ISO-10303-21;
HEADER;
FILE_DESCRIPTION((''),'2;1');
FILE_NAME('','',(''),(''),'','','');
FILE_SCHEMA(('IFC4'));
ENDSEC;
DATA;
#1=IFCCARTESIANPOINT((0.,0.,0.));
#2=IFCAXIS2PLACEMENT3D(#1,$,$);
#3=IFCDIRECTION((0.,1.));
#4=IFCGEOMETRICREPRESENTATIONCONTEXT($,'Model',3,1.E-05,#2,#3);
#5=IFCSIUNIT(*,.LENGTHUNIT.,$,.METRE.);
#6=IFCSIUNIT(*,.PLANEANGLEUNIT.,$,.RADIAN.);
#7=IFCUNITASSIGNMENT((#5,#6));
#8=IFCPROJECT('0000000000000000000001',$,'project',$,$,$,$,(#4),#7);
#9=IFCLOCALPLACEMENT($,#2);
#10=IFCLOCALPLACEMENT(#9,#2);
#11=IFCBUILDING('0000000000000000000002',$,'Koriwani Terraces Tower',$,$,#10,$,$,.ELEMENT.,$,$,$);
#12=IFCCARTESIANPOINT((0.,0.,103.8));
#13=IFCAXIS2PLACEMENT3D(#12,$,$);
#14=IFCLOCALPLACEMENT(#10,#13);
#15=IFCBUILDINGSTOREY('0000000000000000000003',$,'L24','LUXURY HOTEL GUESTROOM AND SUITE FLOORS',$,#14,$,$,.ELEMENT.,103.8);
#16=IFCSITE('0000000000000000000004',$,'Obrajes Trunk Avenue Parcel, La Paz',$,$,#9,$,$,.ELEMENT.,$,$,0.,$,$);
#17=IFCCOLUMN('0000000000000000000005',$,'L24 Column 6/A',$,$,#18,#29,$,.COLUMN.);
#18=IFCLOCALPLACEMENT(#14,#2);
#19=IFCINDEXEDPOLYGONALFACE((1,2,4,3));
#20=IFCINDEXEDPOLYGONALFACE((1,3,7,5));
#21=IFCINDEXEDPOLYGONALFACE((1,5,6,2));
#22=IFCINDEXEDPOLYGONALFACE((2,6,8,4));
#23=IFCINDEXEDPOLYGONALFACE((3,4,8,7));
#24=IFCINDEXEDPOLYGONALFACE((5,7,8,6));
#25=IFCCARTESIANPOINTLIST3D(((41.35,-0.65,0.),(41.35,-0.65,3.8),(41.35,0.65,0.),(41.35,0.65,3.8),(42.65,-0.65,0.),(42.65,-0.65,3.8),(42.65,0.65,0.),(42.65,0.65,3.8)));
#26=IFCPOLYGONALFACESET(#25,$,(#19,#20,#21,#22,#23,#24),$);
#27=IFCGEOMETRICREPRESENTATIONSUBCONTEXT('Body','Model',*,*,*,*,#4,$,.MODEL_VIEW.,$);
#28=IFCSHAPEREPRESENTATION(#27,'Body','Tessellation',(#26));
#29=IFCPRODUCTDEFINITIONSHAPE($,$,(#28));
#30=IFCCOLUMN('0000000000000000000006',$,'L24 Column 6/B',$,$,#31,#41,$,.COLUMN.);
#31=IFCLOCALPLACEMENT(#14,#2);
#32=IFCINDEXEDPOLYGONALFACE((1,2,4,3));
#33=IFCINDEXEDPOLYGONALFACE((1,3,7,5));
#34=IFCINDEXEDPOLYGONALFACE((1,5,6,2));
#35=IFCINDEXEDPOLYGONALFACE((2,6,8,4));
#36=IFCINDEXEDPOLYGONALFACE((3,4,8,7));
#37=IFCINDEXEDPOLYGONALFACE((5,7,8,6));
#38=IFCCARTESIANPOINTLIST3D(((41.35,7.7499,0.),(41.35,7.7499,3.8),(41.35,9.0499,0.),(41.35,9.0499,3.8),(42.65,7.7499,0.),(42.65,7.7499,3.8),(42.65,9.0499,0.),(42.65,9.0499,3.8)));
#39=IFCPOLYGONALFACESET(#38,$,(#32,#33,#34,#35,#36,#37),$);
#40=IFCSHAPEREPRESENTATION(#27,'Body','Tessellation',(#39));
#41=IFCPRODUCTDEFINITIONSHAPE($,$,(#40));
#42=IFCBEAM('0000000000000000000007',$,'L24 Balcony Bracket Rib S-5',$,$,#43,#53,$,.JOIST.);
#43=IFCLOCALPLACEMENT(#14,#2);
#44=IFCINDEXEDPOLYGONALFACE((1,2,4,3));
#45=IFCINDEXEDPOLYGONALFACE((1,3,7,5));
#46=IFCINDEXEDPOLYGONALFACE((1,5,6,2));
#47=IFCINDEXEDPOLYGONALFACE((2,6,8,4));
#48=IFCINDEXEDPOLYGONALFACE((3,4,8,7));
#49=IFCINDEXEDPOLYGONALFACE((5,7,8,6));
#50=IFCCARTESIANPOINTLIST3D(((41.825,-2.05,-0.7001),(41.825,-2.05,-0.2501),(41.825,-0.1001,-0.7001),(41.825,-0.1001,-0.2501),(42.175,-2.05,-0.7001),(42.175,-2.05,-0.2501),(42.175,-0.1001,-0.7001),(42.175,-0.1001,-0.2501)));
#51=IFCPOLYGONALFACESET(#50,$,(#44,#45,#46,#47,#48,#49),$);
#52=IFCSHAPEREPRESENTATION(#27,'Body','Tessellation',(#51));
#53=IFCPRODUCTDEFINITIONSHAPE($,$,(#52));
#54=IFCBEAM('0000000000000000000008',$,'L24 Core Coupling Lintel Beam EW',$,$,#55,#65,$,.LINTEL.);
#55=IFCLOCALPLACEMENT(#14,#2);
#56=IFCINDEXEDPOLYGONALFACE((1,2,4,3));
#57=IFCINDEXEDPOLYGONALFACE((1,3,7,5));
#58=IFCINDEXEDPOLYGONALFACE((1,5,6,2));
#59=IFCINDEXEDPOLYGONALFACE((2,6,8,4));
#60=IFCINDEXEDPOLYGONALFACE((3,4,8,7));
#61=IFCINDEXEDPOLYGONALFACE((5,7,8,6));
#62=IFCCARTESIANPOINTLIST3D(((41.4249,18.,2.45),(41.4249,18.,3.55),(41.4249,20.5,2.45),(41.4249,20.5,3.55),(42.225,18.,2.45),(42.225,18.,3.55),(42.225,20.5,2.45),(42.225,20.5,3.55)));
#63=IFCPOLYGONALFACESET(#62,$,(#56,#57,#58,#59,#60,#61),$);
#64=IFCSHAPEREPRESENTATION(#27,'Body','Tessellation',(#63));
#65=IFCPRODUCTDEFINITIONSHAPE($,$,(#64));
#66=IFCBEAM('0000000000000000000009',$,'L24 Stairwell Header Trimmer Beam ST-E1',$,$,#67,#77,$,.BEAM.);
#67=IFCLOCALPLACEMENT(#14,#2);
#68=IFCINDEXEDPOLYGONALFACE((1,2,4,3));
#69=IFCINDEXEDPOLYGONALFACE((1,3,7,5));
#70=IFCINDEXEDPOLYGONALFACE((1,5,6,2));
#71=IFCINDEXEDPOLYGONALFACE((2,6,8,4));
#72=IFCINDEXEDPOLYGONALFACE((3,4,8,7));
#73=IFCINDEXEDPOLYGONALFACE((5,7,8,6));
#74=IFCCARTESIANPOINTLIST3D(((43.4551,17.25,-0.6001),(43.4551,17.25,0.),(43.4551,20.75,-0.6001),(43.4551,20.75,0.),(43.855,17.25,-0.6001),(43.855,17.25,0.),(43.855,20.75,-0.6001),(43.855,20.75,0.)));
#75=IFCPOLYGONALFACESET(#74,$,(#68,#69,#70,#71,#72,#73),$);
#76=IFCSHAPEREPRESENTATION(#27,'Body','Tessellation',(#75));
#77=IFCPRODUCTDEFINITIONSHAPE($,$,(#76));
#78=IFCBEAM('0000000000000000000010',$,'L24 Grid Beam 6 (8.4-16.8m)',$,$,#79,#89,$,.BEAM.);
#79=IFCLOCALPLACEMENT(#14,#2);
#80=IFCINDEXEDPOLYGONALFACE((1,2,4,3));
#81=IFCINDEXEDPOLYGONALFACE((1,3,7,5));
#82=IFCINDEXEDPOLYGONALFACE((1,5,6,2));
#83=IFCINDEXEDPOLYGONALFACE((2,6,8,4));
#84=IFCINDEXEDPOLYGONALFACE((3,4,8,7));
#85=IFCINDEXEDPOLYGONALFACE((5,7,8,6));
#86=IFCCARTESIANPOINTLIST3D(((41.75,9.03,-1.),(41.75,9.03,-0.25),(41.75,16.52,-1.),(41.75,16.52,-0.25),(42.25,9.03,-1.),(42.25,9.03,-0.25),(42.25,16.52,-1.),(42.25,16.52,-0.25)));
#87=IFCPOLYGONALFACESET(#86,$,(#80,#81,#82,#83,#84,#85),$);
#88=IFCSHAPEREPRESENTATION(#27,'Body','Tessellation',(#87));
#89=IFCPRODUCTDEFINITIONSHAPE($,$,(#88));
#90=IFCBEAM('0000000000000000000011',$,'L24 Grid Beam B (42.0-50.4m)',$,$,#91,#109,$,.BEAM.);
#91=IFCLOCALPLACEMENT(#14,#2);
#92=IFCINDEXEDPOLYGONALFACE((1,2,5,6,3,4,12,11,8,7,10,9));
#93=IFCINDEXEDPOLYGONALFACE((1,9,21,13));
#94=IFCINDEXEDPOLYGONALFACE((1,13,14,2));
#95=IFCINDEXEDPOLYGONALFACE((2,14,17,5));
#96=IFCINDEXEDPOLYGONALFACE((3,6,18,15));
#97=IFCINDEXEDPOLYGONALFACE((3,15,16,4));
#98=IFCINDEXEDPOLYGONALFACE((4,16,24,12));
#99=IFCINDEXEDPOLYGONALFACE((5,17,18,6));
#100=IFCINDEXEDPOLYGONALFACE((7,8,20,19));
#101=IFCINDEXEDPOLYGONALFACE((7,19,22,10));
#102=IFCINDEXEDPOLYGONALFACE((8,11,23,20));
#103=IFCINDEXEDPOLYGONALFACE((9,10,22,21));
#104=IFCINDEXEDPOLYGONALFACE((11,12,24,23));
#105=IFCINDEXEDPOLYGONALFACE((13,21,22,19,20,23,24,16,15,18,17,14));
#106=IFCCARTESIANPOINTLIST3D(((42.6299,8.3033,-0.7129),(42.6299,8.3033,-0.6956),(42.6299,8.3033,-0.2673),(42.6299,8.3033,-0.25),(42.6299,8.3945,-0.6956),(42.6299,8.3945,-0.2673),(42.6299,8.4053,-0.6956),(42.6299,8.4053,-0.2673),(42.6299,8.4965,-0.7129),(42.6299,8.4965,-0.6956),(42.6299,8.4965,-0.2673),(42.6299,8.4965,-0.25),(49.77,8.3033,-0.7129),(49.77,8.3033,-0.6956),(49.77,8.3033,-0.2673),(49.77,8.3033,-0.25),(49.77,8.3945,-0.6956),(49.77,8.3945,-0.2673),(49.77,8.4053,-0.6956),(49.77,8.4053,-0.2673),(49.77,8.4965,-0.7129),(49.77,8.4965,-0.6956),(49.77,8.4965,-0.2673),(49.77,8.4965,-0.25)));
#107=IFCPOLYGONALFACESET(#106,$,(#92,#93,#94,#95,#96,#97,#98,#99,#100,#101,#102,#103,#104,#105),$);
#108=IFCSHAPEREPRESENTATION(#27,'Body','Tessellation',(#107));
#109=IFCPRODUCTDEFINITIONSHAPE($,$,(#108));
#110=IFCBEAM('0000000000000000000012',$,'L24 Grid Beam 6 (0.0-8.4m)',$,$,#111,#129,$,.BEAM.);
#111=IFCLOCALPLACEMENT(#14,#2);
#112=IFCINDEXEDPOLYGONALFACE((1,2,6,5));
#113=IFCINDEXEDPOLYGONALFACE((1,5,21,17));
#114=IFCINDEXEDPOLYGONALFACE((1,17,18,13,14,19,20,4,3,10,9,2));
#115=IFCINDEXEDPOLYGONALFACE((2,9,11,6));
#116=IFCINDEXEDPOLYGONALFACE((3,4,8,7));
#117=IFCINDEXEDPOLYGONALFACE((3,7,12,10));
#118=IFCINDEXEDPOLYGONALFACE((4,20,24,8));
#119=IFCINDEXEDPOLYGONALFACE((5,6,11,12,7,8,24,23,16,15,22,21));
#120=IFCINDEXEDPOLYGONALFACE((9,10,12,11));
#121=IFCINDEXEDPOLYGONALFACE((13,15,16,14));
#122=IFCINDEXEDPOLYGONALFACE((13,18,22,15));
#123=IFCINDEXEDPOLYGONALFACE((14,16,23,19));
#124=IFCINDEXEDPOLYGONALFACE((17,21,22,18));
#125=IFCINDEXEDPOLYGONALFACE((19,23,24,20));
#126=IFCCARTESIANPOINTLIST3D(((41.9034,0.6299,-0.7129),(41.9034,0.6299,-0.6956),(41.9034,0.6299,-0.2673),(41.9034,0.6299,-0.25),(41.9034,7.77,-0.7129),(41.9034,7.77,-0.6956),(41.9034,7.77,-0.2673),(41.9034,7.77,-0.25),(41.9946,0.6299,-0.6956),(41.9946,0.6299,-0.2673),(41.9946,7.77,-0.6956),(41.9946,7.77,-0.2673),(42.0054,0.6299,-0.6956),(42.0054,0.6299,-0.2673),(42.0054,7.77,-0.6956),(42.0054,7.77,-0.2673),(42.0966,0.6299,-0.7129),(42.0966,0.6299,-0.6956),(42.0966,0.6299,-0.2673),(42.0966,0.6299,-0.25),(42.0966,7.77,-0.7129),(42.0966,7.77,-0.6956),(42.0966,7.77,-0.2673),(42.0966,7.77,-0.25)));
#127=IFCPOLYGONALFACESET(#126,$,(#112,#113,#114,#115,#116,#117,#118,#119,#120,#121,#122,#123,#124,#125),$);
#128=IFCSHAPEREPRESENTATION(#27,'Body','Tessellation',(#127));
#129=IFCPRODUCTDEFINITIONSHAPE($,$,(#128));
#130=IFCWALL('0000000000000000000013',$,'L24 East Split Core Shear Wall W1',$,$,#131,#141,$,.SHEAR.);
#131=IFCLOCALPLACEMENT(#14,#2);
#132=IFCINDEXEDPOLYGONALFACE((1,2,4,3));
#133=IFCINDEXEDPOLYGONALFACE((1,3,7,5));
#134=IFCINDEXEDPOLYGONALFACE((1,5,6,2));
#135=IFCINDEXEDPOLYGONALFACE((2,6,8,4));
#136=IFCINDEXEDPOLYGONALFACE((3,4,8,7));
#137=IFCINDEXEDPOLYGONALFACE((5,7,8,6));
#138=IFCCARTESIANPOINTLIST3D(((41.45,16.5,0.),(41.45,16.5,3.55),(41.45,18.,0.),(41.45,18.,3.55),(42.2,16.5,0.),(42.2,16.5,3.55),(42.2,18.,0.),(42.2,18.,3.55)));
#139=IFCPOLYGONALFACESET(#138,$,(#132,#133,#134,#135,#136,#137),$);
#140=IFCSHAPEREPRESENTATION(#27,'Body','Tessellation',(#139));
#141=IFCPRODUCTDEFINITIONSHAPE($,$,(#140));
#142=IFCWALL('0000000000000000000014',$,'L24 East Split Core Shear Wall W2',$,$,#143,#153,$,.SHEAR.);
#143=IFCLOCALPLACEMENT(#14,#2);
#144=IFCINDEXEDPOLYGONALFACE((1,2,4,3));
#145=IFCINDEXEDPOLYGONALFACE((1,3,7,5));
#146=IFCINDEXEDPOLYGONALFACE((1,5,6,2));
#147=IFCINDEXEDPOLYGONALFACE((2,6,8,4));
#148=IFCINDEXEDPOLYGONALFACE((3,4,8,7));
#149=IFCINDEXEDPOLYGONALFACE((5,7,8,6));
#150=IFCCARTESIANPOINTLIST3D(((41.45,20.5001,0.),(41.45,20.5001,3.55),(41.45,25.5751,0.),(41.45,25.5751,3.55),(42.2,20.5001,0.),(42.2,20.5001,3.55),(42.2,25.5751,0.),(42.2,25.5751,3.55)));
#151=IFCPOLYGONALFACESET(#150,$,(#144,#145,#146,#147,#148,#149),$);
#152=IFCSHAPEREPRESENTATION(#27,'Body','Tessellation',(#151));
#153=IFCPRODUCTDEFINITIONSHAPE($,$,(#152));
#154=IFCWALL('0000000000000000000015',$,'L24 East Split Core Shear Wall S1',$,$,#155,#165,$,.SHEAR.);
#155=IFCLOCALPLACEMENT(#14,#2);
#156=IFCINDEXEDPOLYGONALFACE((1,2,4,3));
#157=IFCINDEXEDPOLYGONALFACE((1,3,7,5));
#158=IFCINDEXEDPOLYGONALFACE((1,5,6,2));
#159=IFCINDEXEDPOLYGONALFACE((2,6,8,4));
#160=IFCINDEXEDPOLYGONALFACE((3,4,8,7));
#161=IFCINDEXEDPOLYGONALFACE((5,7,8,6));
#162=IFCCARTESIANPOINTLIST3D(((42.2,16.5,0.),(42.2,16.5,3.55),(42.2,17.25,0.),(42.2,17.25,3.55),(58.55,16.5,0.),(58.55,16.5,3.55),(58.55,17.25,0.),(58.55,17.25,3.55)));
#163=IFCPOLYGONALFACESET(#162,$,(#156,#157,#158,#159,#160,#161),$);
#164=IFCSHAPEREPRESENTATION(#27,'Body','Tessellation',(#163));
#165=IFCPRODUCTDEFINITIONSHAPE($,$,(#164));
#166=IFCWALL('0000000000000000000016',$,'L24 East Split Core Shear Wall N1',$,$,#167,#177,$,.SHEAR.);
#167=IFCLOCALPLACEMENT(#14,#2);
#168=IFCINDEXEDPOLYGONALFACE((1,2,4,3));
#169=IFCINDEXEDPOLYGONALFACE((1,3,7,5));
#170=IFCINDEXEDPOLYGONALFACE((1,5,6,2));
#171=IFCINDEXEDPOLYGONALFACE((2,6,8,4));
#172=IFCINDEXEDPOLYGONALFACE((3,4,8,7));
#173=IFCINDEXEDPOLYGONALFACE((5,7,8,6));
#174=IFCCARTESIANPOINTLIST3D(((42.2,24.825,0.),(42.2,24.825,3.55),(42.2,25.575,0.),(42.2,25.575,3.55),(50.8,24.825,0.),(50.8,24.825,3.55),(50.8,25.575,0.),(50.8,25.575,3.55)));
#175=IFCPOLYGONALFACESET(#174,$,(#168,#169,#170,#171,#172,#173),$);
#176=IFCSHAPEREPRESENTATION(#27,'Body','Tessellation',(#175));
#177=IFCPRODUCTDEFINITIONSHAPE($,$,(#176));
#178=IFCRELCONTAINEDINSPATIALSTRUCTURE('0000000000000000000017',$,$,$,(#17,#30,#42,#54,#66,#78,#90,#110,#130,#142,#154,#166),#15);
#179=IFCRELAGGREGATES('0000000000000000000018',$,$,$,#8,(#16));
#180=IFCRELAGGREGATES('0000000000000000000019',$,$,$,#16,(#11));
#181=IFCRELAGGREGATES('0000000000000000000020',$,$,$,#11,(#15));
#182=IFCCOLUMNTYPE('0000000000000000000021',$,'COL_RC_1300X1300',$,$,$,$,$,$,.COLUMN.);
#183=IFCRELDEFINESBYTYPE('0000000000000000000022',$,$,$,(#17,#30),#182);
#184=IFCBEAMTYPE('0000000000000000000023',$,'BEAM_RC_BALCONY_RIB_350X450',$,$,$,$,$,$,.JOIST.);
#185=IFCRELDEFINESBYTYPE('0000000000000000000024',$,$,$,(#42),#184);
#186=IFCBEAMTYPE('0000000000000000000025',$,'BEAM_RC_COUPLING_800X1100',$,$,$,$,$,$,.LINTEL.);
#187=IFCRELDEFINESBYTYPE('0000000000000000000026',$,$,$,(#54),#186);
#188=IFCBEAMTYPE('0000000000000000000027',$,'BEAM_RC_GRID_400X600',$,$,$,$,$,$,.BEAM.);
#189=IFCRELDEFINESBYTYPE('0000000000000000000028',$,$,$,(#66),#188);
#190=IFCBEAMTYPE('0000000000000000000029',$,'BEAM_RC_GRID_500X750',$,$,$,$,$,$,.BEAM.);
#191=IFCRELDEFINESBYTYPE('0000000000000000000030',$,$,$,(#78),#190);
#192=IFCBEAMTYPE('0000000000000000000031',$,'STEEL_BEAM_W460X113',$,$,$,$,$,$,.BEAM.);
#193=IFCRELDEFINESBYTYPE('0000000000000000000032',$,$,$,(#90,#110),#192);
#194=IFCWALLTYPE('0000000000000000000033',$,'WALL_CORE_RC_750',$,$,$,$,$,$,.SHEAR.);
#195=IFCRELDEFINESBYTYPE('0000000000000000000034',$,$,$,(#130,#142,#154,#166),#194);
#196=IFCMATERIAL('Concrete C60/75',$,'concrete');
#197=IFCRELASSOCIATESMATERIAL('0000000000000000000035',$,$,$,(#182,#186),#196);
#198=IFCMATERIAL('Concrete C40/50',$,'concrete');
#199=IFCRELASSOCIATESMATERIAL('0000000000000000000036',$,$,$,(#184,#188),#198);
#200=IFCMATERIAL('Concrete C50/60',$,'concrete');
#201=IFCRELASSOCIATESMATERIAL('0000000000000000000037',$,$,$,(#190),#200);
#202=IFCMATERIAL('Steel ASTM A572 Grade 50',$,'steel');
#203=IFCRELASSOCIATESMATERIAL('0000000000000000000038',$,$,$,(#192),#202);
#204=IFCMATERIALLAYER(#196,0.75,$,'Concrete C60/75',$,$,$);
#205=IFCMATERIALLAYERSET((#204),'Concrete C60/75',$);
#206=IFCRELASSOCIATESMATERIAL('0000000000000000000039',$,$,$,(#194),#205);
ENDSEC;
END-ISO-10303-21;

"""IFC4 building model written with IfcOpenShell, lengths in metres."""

from ifc_helpers import new_model, si_unit, direction, frame, frame_2d, origin, origin_2d, place, context, subcontext, project, spatial, rectangle, i_section, extrude, material, layer, layer_set, material_profile, profile_set, type_object, element, save


model = new_model("IFC4")

# Units and contexts
model_context = context("Model", 3, precision=1e-05, world=origin(), true_north=direction((0.0, 1.0)))
body_context = subcontext(model_context, "Body", "Model", "MODEL_VIEW")
ifc_project = project(units=[si_unit("LENGTHUNIT", "METRE"), si_unit("PLANEANGLEUNIT", "RADIAN")], contexts=[model_context])

# Site, building, storey
site_placement = place(None, origin())
site = spatial("IfcSite", under=ifc_project, at=site_placement, Name="Obrajes Trunk Avenue Parcel, La Paz", CompositionType="ELEMENT", RefElevation=0.0)
building_placement = place(site_placement, origin())
building = spatial("IfcBuilding", under=site, at=building_placement, Name="Koriwani Terraces Tower", CompositionType="ELEMENT")
storey_placement = place(building_placement, frame((0.0, 0.0, 103.8)))
storey = spatial("IfcBuildingStorey", under=building, at=storey_placement, Name="L24", Description="LUXURY HOTEL GUESTROOM AND SUITE FLOORS", CompositionType="ELEMENT", Elevation=103.8)

# Columns
ifc_material_1 = material(Name="Concrete C60/75", Category="concrete")
ifc_material_profile_1 = material_profile(ifc_material_1, rectangle(XDim=1.3, YDim=1.3, at=origin_2d()), Name="Concrete C60/75", Category="LoadBearing")
ifc_profile_set_1 = profile_set([ifc_material_profile_1], Name="Concrete C60/75")
column_type = type_object("IfcColumnType", Name="COL_RC_1300X1300", PredefinedType="COLUMN", material=ifc_profile_set_1)
for number, where, z_axis, x_axis, name in (
    (1, (42.0, 0.0, 0.0), (0.0, 0.0, 1.0), (1.0, 0.0, 0.0), "L24 Column 6/A"),
    (2, (42.0, 8.3999, 0.0), (0.0, 0.0, 1.0), (1.0, 0.0, 0.0), "L24 Column 6/B"),
):
    element("IfcColumn", number, at=place(storey_placement, frame(where, z_axis=z_axis, x_axis=x_axis)), inside=storey, type_object=column_type, Name=name, PredefinedType="COLUMN", context=body_context, shape_type="SweptSolid", body=[
        extrude(rectangle(XDim=1.3, YDim=1.3, at=origin_2d()), origin(), (0.0, 0.0, 1.0), 3.8),
    ])

# Beams
ifc_material_2 = material(Name="Concrete C40/50", Category="concrete")
ifc_material_profile_2 = material_profile(ifc_material_2, rectangle(XDim=0.3501, YDim=0.45, at=origin_2d()), Name="Concrete C40/50", Category="LoadBearing")
ifc_profile_set_2 = profile_set([ifc_material_profile_2], Name="Concrete C40/50")
beam_type_1 = type_object("IfcBeamType", Name="BEAM_RC_BALCONY_RIB_350X450", PredefinedType="JOIST", material=ifc_profile_set_2)
beam_1_placement = place(storey_placement, frame((42.0, -2.05, -0.4751), z_axis=(0.0, 1.0, 0.0), x_axis=(-1.0, 0.0, 0.0)))
element("IfcBeam", 3, at=beam_1_placement, inside=storey, type_object=beam_type_1, Name="L24 Balcony Bracket Rib S-5", PredefinedType="JOIST", context=body_context, shape_type="SweptSolid", body=[
    extrude(rectangle(XDim=0.3501, YDim=0.45, at=origin_2d()), origin(), (0.0, 0.0, 1.0), 1.95),
])
ifc_material_profile_3 = material_profile(ifc_material_1, rectangle(XDim=0.8, YDim=1.1001, at=origin_2d()), Name="Concrete C60/75", Category="LoadBearing")
ifc_profile_set_3 = profile_set([ifc_material_profile_3], Name="Concrete C60/75")
beam_type_2 = type_object("IfcBeamType", Name="BEAM_RC_COUPLING_800X1100", PredefinedType="LINTEL", material=ifc_profile_set_3)
beam_2_placement = place(storey_placement, frame((41.825, 18.0, 3.0), z_axis=(0.0, 1.0, 0.0), x_axis=(-1.0, 0.0, 0.0)))
element("IfcBeam", 4, at=beam_2_placement, inside=storey, type_object=beam_type_2, Name="L24 Core Coupling Lintel Beam EW", PredefinedType="LINTEL", context=body_context, shape_type="SweptSolid", body=[
    extrude(rectangle(XDim=0.8, YDim=1.1001, at=origin_2d()), origin(), (0.0, 0.0, 1.0), 2.5),
])
ifc_material_profile_4 = material_profile(ifc_material_2, rectangle(XDim=0.3999, YDim=0.6001, at=origin_2d()), Name="Concrete C40/50", Category="LoadBearing")
ifc_profile_set_4 = profile_set([ifc_material_profile_4], Name="Concrete C40/50")
beam_type_3 = type_object("IfcBeamType", Name="BEAM_RC_GRID_400X600", PredefinedType="BEAM", material=ifc_profile_set_4)
beam_3_placement = place(storey_placement, frame((43.655, 17.25, -0.3), z_axis=(0.0, 1.0, 0.0), x_axis=(-1.0, 0.0, 0.0)))
element("IfcBeam", 5, at=beam_3_placement, inside=storey, type_object=beam_type_3, Name="L24 Stairwell Header Trimmer Beam ST-E1", PredefinedType="BEAM", context=body_context, shape_type="SweptSolid", body=[
    extrude(rectangle(XDim=0.3999, YDim=0.6001, at=origin_2d()), origin(), (0.0, 0.0, 1.0), 3.5),
])
ifc_material_3 = material(Name="Concrete C50/60", Category="concrete")
ifc_material_profile_5 = material_profile(ifc_material_3, rectangle(XDim=0.5, YDim=0.75, at=origin_2d()), Name="Concrete C50/60", Category="LoadBearing")
ifc_profile_set_5 = profile_set([ifc_material_profile_5], Name="Concrete C50/60")
beam_type_4 = type_object("IfcBeamType", Name="BEAM_RC_GRID_500X750", PredefinedType="BEAM", material=ifc_profile_set_5)
beam_4_placement = place(storey_placement, frame((42.0, 9.03, -0.625), z_axis=(0.0, 1.0, 0.0), x_axis=(-1.0, 0.0, 0.0)))
element("IfcBeam", 6, at=beam_4_placement, inside=storey, type_object=beam_type_4, Name="L24 Grid Beam 6 (8.4-16.8m)", PredefinedType="BEAM", context=body_context, shape_type="SweptSolid", body=[
    extrude(rectangle(XDim=0.5, YDim=0.75, at=origin_2d()), origin(), (0.0, 0.0, 1.0), 7.49),
])
ifc_material_4 = material(Name="Steel ASTM A572 Grade 50", Category="steel")
ifc_material_profile_6 = material_profile(ifc_material_4, i_section(OverallWidth=0.1931, OverallDepth=0.4629, WebThickness=0.0107, FlangeThickness=0.0173, at=origin_2d()), Name="Steel ASTM A572 Grade 50", Category="LoadBearing")
ifc_profile_set_6 = profile_set([ifc_material_profile_6], Name="Steel ASTM A572 Grade 50")
beam_type_5 = type_object("IfcBeamType", Name="STEEL_BEAM_W460X113", PredefinedType="BEAM", material=ifc_profile_set_6)
for number, where, z_axis, x_axis, name in (
    (7, (42.6299, 8.3999, -0.4814), (1.0, 0.0, 0.0), (0.0, 1.0, 0.0), "L24 Grid Beam B (42.0-50.4m)"),
    (8, (42.0, 0.6299, -0.4814), (0.0, 1.0, 0.0), (-1.0, 0.0, 0.0), "L24 Grid Beam 6 (0.0-8.4m)"),
):
    element("IfcBeam", number, at=place(storey_placement, frame(where, z_axis=z_axis, x_axis=x_axis)), inside=storey, type_object=beam_type_5, Name=name, PredefinedType="BEAM", context=body_context, shape_type="SweptSolid", body=[
        extrude(i_section(OverallWidth=0.1931, OverallDepth=0.4629, WebThickness=0.0107, FlangeThickness=0.0173, at=origin_2d()), origin(), (0.0, 0.0, 1.0), 7.1401),
    ])

# Walls
ifc_layer_1 = layer(ifc_material_1, 0.75, Name="Concrete C60/75")
ifc_layer_set_1 = layer_set([ifc_layer_1], Name="Concrete C60/75")
wall_type_1 = type_object("IfcWallType", Name="WALL_CORE_RC_750", PredefinedType="SHEAR", material=ifc_layer_set_1)
wall_1_placement = place(storey_placement, frame((41.825, 16.5, 0.0), z_axis=(0.0, 0.0, 1.0), x_axis=(0.0, 1.0, 0.0)))
element("IfcWall", 9, at=wall_1_placement, inside=storey, type_object=wall_type_1, Name="L24 East Split Core Shear Wall W1", PredefinedType="SHEAR", context=body_context, shape_type="SweptSolid", body=[
    extrude(rectangle(XDim=1.5, YDim=0.75, at=frame_2d((0.75, 0.0))), origin(), (0.0, 0.0, 1.0), 3.55),
])
wall_2_placement = place(storey_placement, frame((41.825, 20.5, 0.0), z_axis=(0.0, 0.0, 1.0), x_axis=(0.0, 1.0, 0.0)))
element("IfcWall", 10, at=wall_2_placement, inside=storey, type_object=wall_type_1, Name="L24 East Split Core Shear Wall W2", PredefinedType="SHEAR", context=body_context, shape_type="SweptSolid", body=[
    extrude(rectangle(XDim=5.075, YDim=0.75, at=frame_2d((2.5376, 0.0))), origin(), (0.0, 0.0, 1.0), 3.55),
])
wall_3_placement = place(storey_placement, frame((42.2, 16.875, 0.0), z_axis=(0.0, 0.0, 1.0), x_axis=(1.0, 0.0, 0.0)))
element("IfcWall", 11, at=wall_3_placement, inside=storey, type_object=wall_type_1, Name="L24 East Split Core Shear Wall S1", PredefinedType="SHEAR", context=body_context, shape_type="SweptSolid", body=[
    extrude(rectangle(XDim=16.3501, YDim=0.75, at=frame_2d((8.175, 0.0))), origin(), (0.0, 0.0, 1.0), 3.55),
])
wall_4_placement = place(storey_placement, frame((42.2, 25.2, 0.0), z_axis=(0.0, 0.0, 1.0), x_axis=(1.0, 0.0, 0.0)))
element("IfcWall", 12, at=wall_4_placement, inside=storey, type_object=wall_type_1, Name="L24 East Split Core Shear Wall N1", PredefinedType="SHEAR", context=body_context, shape_type="SweptSolid", body=[
    extrude(rectangle(XDim=8.6001, YDim=0.75, at=frame_2d((4.3, 0.0))), origin(), (0.0, 0.0, 1.0), 3.55),
])

save(model, "model.ifc")
